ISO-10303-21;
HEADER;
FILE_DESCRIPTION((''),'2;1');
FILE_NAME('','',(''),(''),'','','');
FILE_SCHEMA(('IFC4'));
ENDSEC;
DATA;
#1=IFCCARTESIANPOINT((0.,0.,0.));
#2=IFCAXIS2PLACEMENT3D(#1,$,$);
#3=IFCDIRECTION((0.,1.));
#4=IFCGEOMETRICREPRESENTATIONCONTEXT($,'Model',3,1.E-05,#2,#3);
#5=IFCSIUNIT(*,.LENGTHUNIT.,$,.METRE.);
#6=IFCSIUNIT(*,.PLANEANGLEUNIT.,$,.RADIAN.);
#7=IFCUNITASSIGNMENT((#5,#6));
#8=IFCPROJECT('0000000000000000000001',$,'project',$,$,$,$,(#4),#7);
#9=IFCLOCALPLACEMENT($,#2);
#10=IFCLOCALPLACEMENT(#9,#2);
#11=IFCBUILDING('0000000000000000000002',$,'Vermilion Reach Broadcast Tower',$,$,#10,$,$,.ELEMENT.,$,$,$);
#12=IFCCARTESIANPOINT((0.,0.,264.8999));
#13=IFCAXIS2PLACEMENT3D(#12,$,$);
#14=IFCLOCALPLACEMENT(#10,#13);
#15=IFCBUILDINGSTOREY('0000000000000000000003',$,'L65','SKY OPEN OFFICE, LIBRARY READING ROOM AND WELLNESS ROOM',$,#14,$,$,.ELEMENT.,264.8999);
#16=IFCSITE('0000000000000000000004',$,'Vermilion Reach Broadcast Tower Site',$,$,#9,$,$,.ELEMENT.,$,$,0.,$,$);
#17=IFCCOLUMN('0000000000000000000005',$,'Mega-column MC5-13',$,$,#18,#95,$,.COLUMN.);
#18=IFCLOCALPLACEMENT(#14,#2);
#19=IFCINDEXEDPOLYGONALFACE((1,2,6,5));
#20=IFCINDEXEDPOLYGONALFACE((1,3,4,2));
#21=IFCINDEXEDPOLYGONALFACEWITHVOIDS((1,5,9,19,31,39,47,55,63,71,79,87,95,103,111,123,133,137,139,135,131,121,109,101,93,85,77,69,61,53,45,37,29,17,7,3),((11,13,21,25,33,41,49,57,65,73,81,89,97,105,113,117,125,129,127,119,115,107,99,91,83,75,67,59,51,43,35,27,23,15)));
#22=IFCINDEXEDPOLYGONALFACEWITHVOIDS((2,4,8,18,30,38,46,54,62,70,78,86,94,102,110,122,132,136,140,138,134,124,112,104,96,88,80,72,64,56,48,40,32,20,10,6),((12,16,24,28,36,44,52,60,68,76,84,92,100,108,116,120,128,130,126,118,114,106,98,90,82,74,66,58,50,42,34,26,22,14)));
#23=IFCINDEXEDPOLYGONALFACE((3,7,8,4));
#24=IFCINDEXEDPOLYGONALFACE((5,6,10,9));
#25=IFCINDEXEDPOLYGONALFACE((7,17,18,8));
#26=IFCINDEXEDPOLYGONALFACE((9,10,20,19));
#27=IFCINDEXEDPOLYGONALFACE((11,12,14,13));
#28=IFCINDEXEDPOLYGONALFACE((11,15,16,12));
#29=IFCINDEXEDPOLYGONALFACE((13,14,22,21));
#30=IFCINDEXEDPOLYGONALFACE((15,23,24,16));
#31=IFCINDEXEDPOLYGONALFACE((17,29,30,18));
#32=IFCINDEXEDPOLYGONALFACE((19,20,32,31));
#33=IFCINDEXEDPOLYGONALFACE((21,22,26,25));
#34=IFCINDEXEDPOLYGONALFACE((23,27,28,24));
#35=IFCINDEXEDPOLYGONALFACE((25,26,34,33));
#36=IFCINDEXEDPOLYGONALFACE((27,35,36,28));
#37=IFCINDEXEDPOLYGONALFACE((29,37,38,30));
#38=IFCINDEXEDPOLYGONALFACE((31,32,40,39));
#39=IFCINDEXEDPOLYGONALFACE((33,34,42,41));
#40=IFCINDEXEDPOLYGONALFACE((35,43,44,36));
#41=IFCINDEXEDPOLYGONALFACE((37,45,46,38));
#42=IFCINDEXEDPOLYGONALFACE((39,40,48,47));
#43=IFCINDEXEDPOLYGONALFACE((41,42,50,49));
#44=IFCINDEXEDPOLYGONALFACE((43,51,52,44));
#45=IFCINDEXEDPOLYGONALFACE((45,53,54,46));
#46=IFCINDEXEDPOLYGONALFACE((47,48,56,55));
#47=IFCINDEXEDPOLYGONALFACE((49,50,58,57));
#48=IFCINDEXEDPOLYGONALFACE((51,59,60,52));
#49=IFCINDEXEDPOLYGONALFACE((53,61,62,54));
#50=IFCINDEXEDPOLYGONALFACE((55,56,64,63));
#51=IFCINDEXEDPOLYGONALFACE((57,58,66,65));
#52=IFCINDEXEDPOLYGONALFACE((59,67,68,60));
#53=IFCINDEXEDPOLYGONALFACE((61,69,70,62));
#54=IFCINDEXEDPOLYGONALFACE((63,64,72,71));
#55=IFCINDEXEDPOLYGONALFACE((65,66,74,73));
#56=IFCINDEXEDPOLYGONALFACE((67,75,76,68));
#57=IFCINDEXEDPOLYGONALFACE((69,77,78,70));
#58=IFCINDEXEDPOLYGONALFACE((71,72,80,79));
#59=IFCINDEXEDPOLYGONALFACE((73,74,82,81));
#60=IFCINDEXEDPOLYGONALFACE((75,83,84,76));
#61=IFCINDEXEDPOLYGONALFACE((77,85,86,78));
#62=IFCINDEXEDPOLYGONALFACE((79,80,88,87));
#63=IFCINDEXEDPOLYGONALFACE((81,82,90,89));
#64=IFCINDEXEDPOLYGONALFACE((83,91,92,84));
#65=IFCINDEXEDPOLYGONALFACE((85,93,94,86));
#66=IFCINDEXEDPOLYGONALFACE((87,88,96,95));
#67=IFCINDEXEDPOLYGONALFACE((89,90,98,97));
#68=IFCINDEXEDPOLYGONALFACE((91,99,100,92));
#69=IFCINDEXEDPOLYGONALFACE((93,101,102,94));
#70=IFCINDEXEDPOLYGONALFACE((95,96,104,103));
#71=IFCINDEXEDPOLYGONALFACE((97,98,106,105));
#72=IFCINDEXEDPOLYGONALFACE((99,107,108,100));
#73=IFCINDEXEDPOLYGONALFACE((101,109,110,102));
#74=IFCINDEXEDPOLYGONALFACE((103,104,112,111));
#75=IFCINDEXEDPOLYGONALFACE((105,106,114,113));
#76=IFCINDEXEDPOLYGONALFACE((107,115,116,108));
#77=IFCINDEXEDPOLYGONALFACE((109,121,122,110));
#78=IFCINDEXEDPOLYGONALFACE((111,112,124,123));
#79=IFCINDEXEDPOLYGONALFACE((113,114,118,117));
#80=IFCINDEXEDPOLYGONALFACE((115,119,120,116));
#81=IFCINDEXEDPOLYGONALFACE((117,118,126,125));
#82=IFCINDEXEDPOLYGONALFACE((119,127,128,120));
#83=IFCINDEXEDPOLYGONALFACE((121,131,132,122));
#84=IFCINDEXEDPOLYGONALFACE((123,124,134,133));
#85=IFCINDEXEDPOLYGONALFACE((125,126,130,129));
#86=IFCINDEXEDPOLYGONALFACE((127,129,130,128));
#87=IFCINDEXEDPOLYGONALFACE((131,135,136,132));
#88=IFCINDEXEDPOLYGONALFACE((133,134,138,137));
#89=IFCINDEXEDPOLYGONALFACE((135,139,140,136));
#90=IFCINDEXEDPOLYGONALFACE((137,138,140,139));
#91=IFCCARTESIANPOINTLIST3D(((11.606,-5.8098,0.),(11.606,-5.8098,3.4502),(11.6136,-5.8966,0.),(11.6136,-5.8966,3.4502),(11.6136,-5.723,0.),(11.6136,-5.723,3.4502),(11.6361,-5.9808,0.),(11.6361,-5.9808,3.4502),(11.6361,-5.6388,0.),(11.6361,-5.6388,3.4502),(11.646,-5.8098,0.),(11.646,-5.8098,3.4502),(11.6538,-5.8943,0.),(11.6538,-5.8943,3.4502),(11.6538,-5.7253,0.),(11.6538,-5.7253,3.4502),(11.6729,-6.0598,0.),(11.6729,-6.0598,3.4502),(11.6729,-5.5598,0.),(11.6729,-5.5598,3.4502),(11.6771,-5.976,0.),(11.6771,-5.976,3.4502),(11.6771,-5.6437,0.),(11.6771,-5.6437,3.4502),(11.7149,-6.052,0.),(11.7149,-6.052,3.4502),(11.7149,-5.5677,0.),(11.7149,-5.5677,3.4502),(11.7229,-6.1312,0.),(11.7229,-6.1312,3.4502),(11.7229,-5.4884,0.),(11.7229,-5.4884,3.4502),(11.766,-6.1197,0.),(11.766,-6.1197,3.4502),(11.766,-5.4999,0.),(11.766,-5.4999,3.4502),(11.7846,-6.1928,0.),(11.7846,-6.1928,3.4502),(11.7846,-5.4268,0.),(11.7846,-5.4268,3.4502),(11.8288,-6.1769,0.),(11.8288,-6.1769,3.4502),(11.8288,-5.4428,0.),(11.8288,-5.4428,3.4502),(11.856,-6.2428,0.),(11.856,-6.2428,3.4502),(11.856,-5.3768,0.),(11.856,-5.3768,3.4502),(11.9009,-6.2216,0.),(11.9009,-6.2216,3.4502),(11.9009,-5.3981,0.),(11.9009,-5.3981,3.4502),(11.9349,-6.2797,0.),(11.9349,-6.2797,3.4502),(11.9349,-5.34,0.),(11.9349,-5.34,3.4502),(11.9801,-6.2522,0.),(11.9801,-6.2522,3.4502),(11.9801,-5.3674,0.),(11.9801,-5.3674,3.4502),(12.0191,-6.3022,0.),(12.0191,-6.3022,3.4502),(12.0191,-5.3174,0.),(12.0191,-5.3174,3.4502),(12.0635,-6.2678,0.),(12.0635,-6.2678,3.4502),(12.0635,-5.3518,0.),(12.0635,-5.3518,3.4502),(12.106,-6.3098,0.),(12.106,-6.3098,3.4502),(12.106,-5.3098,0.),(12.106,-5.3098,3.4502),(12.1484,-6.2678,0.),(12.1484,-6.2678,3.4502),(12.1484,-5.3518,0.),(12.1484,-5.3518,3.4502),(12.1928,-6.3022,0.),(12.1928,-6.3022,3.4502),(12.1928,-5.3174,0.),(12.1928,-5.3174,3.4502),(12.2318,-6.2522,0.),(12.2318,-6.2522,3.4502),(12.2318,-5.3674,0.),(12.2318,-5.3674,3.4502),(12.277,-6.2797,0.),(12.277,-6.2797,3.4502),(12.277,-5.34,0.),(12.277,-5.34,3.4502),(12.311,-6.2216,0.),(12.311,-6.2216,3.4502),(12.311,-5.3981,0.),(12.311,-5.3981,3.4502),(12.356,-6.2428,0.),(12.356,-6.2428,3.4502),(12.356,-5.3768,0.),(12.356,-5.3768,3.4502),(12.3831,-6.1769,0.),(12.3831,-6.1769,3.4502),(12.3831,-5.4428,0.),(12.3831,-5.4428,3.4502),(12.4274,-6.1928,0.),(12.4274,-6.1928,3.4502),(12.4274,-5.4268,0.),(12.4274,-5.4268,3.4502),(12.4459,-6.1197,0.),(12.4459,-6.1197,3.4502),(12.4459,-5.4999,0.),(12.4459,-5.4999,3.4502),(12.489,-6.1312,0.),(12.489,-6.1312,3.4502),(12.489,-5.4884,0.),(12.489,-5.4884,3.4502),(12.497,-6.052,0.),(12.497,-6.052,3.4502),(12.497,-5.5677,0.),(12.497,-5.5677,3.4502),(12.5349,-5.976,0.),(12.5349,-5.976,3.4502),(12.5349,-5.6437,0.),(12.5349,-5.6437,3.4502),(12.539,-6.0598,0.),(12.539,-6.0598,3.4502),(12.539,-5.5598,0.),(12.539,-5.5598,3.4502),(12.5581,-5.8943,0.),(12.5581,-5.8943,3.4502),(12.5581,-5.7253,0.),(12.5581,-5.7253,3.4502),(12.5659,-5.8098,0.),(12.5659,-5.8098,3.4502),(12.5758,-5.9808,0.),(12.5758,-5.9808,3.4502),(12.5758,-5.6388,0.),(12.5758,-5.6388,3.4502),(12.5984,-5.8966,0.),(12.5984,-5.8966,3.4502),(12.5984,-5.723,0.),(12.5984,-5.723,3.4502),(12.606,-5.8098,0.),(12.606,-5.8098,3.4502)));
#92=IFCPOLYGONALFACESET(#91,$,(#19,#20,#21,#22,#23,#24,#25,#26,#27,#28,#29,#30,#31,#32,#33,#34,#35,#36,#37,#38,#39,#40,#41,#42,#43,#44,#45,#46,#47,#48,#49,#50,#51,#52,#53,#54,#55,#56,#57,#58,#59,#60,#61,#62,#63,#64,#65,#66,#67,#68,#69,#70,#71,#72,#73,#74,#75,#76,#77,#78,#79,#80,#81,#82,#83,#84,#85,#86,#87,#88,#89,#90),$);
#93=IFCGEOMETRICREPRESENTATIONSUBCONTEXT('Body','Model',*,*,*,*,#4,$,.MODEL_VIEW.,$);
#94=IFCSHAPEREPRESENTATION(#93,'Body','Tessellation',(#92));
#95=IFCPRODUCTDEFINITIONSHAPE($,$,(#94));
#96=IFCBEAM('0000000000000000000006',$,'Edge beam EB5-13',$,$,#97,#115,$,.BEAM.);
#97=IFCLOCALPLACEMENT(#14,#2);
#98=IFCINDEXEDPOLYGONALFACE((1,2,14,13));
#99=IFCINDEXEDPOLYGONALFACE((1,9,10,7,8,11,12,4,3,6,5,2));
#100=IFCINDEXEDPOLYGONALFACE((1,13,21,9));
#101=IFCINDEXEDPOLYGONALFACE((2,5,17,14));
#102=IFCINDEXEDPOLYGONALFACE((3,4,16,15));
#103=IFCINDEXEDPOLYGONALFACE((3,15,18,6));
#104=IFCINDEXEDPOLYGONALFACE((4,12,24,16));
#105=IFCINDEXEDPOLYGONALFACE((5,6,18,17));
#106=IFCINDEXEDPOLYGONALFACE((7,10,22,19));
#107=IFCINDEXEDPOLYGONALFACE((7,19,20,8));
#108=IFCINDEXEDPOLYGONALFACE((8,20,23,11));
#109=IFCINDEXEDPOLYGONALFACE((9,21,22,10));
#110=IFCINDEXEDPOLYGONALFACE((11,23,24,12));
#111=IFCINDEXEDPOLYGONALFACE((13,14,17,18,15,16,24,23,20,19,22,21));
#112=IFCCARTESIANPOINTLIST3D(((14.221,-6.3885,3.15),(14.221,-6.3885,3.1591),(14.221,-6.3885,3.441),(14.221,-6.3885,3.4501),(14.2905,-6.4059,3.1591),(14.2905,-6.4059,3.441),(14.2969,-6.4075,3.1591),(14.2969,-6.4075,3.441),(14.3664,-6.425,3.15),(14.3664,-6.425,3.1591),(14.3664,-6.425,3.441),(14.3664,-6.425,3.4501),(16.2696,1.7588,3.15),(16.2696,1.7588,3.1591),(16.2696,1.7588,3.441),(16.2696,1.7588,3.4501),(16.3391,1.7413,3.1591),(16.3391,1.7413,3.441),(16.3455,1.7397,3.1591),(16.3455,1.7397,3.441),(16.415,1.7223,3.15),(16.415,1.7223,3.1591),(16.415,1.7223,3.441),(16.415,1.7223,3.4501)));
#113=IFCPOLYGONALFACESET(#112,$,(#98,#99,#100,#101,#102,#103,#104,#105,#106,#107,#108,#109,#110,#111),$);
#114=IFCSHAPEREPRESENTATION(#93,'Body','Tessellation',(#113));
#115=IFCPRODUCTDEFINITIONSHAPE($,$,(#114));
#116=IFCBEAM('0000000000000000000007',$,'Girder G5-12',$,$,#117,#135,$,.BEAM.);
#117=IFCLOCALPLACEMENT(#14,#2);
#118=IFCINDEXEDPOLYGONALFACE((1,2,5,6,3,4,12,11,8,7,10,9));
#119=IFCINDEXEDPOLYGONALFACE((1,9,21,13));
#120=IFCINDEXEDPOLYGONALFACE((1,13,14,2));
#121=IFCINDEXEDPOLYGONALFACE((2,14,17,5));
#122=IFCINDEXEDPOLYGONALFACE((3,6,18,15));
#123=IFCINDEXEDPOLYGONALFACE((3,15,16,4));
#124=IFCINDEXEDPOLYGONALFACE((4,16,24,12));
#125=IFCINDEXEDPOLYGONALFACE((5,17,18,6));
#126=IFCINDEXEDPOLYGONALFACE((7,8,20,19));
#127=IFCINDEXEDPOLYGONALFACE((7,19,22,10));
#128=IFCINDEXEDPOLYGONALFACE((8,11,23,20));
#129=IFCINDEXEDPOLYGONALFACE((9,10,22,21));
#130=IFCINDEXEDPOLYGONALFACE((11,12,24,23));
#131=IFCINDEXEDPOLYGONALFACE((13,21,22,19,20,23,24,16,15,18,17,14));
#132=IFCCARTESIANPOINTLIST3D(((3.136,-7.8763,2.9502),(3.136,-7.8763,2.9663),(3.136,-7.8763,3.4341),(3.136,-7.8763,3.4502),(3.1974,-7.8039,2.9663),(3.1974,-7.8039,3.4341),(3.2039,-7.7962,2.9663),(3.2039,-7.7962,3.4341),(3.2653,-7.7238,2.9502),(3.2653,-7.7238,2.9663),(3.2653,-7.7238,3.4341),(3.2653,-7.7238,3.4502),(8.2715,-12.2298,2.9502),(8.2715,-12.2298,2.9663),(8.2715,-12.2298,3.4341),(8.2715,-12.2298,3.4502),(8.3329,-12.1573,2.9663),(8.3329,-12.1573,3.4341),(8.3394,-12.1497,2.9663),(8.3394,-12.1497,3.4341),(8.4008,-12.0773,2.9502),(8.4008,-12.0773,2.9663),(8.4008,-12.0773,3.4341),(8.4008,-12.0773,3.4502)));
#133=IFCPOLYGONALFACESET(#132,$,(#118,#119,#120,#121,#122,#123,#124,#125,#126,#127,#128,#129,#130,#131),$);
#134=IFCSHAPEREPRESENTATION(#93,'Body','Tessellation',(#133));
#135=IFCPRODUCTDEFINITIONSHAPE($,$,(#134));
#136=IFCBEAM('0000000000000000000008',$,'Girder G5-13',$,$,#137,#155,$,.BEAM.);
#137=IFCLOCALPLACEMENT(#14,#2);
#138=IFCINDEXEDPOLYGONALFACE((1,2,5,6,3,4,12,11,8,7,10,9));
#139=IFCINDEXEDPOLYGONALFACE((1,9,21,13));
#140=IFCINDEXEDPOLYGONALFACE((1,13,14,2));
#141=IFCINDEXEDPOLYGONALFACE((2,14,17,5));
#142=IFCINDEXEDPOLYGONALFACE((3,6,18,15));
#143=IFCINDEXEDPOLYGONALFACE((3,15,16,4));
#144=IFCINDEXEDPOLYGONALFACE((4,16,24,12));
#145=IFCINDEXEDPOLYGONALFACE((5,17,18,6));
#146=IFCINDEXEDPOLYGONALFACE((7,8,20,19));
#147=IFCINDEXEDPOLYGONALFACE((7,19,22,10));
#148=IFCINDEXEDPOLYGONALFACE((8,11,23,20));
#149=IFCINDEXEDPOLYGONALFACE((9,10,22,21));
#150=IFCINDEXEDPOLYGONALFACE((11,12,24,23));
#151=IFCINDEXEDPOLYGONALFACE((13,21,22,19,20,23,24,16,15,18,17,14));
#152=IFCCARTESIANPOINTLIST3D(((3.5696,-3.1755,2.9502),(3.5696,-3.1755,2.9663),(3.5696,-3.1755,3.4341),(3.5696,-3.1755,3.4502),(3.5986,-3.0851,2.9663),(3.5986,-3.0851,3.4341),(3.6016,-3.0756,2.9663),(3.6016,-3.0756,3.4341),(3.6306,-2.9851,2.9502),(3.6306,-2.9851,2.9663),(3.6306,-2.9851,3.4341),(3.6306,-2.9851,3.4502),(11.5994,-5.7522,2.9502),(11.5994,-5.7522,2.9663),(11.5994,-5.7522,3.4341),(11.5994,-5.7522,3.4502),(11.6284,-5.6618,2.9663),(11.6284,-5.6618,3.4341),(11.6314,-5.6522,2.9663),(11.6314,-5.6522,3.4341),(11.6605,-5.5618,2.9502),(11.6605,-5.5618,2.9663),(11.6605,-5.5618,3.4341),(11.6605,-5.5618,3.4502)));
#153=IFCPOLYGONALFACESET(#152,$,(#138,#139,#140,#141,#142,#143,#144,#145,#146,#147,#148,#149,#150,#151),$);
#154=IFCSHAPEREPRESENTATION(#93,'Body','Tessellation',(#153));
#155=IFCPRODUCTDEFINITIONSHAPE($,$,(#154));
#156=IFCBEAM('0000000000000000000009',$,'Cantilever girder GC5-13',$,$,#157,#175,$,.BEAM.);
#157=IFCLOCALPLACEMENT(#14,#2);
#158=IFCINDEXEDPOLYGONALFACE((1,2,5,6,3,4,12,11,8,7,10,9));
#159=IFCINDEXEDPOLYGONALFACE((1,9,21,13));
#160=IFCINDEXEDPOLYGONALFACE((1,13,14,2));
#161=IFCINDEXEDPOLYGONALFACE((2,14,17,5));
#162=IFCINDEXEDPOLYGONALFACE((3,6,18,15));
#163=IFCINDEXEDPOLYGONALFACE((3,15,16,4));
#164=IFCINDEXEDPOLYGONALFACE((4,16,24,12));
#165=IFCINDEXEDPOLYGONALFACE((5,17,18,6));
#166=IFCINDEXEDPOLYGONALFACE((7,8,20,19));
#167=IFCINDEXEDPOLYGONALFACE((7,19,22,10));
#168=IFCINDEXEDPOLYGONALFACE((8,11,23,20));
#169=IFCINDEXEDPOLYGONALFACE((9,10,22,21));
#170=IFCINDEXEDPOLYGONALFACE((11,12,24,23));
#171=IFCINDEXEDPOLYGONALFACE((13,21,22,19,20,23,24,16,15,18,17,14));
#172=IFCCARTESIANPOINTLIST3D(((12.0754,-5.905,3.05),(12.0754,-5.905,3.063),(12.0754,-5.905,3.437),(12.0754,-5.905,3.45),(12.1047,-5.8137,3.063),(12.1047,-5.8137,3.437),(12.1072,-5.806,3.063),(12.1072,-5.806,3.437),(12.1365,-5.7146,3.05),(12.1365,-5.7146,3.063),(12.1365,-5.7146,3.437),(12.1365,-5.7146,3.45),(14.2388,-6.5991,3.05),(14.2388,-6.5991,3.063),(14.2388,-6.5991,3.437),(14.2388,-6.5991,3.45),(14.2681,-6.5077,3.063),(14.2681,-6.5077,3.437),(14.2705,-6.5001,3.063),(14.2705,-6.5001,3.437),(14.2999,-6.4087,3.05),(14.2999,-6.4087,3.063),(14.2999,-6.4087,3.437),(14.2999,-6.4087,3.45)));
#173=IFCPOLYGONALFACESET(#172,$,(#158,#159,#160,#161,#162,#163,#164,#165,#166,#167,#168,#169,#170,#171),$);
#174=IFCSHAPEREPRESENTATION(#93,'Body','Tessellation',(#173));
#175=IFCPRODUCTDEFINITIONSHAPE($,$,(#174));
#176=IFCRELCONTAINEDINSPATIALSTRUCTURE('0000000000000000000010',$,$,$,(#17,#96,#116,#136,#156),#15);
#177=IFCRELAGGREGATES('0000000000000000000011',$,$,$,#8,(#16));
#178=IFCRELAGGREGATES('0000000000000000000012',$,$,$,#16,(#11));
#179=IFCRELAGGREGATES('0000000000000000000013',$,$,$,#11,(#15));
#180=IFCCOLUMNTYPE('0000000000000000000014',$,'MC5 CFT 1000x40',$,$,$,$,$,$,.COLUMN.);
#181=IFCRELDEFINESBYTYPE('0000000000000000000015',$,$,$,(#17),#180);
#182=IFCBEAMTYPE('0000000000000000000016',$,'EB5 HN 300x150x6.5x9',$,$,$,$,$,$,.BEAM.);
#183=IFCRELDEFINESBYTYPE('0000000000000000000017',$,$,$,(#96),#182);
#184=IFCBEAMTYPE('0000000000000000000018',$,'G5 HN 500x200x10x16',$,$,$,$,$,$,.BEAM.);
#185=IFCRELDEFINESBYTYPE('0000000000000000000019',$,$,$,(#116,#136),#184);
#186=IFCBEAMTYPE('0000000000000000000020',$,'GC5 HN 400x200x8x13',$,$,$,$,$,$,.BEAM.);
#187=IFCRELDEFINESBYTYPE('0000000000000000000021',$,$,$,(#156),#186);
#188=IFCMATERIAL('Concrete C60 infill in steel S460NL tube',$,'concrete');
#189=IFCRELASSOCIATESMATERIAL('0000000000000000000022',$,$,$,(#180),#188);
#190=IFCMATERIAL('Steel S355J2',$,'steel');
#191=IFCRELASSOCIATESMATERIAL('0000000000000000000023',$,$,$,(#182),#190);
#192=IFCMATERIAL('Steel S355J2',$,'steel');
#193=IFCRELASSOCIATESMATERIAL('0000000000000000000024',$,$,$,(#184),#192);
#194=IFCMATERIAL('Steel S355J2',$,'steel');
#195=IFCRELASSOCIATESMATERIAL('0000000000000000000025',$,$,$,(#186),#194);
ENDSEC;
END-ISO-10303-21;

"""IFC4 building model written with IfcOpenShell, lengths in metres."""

from ifc_helpers import new_model, si_unit, direction, frame, origin, origin_2d, place, context, subcontext, project, spatial, hollow_circle, i_section, extrude, material, material_profile, profile_set, type_object, element, save


model = new_model("IFC4")

# Units and contexts
model_context = context("Model", 3, precision=1e-05, world=origin(), true_north=direction((0.0, 1.0)))
body_context = subcontext(model_context, "Body", "Model", "MODEL_VIEW")
ifc_project = project(units=[si_unit("LENGTHUNIT", "METRE"), si_unit("PLANEANGLEUNIT", "RADIAN")], contexts=[model_context])

# Site, building, storey
site_placement = place(None, origin())
site = spatial("IfcSite", under=ifc_project, at=site_placement, Name="Vermilion Reach Broadcast Tower Site", CompositionType="ELEMENT", RefElevation=0.0)
building_placement = place(site_placement, origin())
building = spatial("IfcBuilding", under=site, at=building_placement, Name="Vermilion Reach Broadcast Tower", CompositionType="ELEMENT")
storey_placement = place(building_placement, frame((0.0, 0.0, 264.8999)))
storey = spatial("IfcBuildingStorey", under=building, at=storey_placement, Name="L65", Description="SKY OPEN OFFICE, LIBRARY READING ROOM AND WELLNESS ROOM", CompositionType="ELEMENT", Elevation=264.8999)

# Column
ifc_material_1 = material(Name="Concrete C60 infill in steel S460NL tube", Category="concrete")
ifc_material_profile_1 = material_profile(ifc_material_1, hollow_circle(Radius=0.5, WallThickness=0.04, at=origin_2d()), Name="Concrete C60 infill in steel S460NL tube CFT 1000x40")
ifc_profile_set_1 = profile_set([ifc_material_profile_1], Name="Concrete C60 infill in steel S460NL tube")
column_type = type_object("IfcColumnType", Name="MC5 CFT 1000x40", PredefinedType="COLUMN", material=ifc_profile_set_1)
column_placement = place(storey_placement, frame((12.106, -5.8098, 0.0), z_axis=(0.0, 0.0, 1.0), x_axis=(1.0, 0.0, 0.0)))
element("IfcColumn", 1, at=column_placement, inside=storey, type_object=column_type, Name="Mega-column MC5-13", PredefinedType="COLUMN", context=body_context, shape_type="SweptSolid", body=[
    extrude(hollow_circle(Radius=0.5, WallThickness=0.04, at=origin_2d()), origin(), (0.0, 0.0, 1.0), 3.4502),
])

# Beams
ifc_material_2 = material(Name="Steel S355J2", Category="steel")
ifc_material_profile_2 = material_profile(ifc_material_2, i_section(OverallWidth=0.1499, OverallDepth=0.3, WebThickness=0.0066, FlangeThickness=0.009, at=origin_2d()), Name="S355J2 HN 300x150x6.5x9")
ifc_profile_set_2 = profile_set([ifc_material_profile_2], Name="Steel S355J2")
beam_type_1 = type_object("IfcBeamType", Name="EB5 HN 300x150x6.5x9", PredefinedType="BEAM", material=ifc_profile_set_2)
beam_1_placement = place(storey_placement, frame((14.2937, -6.4067, 3.3), z_axis=(0.243855, 0.969812, 0.0), x_axis=(-0.969812, 0.243855, 0.0)))
element("IfcBeam", 2, at=beam_1_placement, inside=storey, type_object=beam_type_1, Name="Edge beam EB5-13", PredefinedType="BEAM", context=body_context, shape_type="SweptSolid", body=[
    extrude(i_section(OverallWidth=0.1499, OverallDepth=0.3, WebThickness=0.0066, FlangeThickness=0.009, at=origin_2d()), origin(), (0.0, 0.0, 1.0), 8.4009),
])
ifc_material_3 = material(Name="Steel S355J2", Category="steel")
ifc_material_profile_3 = material_profile(ifc_material_3, i_section(OverallWidth=0.2, OverallDepth=0.5, WebThickness=0.01, FlangeThickness=0.0161, at=origin_2d()), Name="S355J2 HN 500x200x10x16")
ifc_profile_set_3 = profile_set([ifc_material_profile_3], Name="Steel S355J2")
beam_type_2 = type_object("IfcBeamType", Name="G5 HN 500x200x10x16", PredefinedType="BEAM", material=ifc_profile_set_3)
beam_2_placement = place(storey_placement, frame((3.2007, -7.8, 3.2002), z_axis=(0.762793, -0.646643, 0.0), x_axis=(0.646643, 0.762793, 0.0)))
element("IfcBeam", 3, at=beam_2_placement, inside=storey, type_object=beam_type_2, Name="Girder G5-12", PredefinedType="BEAM", context=body_context, shape_type="SweptSolid", body=[
    extrude(i_section(OverallWidth=0.2, OverallDepth=0.5, WebThickness=0.01, FlangeThickness=0.0161, at=origin_2d()), origin(), (0.0, 0.0, 1.0), 6.7324),
])
beam_3_placement = place(storey_placement, frame((3.6001, -3.0803, 3.2002), z_axis=(0.952178, -0.305542, 0.0), x_axis=(0.305542, 0.952178, 0.0)))
element("IfcBeam", 4, at=beam_3_placement, inside=storey, type_object=beam_type_2, Name="Girder G5-13", PredefinedType="BEAM", context=body_context, shape_type="SweptSolid", body=[
    extrude(i_section(OverallWidth=0.2, OverallDepth=0.5, WebThickness=0.01, FlangeThickness=0.0161, at=origin_2d()), origin(), (0.0, 0.0, 1.0), 8.4331),
])
ifc_material_4 = material(Name="Steel S355J2", Category="steel")
ifc_material_profile_4 = material_profile(ifc_material_4, i_section(OverallWidth=0.2, OverallDepth=0.3999, WebThickness=0.0081, FlangeThickness=0.0129, at=origin_2d()), Name="S355J2 HN 400x200x8x13")
ifc_profile_set_4 = profile_set([ifc_material_profile_4], Name="Steel S355J2")
beam_type_3 = type_object("IfcBeamType", Name="GC5 HN 400x200x8x13", PredefinedType="BEAM", material=ifc_profile_set_4)
beam_4_placement = place(storey_placement, frame((12.106, -5.8098, 3.25), z_axis=(0.952191, -0.305505, 0.0), x_axis=(0.305505, 0.952191, 0.0)))
element("IfcBeam", 5, at=beam_4_placement, inside=storey, type_object=beam_type_3, Name="Cantilever girder GC5-13", PredefinedType="BEAM", context=body_context, shape_type="SweptSolid", body=[
    extrude(i_section(OverallWidth=0.2, OverallDepth=0.3999, WebThickness=0.0081, FlangeThickness=0.0129, at=origin_2d()), origin(), (0.0, 0.0, 1.0), 2.272),
])

save(model, "model.ifc")
